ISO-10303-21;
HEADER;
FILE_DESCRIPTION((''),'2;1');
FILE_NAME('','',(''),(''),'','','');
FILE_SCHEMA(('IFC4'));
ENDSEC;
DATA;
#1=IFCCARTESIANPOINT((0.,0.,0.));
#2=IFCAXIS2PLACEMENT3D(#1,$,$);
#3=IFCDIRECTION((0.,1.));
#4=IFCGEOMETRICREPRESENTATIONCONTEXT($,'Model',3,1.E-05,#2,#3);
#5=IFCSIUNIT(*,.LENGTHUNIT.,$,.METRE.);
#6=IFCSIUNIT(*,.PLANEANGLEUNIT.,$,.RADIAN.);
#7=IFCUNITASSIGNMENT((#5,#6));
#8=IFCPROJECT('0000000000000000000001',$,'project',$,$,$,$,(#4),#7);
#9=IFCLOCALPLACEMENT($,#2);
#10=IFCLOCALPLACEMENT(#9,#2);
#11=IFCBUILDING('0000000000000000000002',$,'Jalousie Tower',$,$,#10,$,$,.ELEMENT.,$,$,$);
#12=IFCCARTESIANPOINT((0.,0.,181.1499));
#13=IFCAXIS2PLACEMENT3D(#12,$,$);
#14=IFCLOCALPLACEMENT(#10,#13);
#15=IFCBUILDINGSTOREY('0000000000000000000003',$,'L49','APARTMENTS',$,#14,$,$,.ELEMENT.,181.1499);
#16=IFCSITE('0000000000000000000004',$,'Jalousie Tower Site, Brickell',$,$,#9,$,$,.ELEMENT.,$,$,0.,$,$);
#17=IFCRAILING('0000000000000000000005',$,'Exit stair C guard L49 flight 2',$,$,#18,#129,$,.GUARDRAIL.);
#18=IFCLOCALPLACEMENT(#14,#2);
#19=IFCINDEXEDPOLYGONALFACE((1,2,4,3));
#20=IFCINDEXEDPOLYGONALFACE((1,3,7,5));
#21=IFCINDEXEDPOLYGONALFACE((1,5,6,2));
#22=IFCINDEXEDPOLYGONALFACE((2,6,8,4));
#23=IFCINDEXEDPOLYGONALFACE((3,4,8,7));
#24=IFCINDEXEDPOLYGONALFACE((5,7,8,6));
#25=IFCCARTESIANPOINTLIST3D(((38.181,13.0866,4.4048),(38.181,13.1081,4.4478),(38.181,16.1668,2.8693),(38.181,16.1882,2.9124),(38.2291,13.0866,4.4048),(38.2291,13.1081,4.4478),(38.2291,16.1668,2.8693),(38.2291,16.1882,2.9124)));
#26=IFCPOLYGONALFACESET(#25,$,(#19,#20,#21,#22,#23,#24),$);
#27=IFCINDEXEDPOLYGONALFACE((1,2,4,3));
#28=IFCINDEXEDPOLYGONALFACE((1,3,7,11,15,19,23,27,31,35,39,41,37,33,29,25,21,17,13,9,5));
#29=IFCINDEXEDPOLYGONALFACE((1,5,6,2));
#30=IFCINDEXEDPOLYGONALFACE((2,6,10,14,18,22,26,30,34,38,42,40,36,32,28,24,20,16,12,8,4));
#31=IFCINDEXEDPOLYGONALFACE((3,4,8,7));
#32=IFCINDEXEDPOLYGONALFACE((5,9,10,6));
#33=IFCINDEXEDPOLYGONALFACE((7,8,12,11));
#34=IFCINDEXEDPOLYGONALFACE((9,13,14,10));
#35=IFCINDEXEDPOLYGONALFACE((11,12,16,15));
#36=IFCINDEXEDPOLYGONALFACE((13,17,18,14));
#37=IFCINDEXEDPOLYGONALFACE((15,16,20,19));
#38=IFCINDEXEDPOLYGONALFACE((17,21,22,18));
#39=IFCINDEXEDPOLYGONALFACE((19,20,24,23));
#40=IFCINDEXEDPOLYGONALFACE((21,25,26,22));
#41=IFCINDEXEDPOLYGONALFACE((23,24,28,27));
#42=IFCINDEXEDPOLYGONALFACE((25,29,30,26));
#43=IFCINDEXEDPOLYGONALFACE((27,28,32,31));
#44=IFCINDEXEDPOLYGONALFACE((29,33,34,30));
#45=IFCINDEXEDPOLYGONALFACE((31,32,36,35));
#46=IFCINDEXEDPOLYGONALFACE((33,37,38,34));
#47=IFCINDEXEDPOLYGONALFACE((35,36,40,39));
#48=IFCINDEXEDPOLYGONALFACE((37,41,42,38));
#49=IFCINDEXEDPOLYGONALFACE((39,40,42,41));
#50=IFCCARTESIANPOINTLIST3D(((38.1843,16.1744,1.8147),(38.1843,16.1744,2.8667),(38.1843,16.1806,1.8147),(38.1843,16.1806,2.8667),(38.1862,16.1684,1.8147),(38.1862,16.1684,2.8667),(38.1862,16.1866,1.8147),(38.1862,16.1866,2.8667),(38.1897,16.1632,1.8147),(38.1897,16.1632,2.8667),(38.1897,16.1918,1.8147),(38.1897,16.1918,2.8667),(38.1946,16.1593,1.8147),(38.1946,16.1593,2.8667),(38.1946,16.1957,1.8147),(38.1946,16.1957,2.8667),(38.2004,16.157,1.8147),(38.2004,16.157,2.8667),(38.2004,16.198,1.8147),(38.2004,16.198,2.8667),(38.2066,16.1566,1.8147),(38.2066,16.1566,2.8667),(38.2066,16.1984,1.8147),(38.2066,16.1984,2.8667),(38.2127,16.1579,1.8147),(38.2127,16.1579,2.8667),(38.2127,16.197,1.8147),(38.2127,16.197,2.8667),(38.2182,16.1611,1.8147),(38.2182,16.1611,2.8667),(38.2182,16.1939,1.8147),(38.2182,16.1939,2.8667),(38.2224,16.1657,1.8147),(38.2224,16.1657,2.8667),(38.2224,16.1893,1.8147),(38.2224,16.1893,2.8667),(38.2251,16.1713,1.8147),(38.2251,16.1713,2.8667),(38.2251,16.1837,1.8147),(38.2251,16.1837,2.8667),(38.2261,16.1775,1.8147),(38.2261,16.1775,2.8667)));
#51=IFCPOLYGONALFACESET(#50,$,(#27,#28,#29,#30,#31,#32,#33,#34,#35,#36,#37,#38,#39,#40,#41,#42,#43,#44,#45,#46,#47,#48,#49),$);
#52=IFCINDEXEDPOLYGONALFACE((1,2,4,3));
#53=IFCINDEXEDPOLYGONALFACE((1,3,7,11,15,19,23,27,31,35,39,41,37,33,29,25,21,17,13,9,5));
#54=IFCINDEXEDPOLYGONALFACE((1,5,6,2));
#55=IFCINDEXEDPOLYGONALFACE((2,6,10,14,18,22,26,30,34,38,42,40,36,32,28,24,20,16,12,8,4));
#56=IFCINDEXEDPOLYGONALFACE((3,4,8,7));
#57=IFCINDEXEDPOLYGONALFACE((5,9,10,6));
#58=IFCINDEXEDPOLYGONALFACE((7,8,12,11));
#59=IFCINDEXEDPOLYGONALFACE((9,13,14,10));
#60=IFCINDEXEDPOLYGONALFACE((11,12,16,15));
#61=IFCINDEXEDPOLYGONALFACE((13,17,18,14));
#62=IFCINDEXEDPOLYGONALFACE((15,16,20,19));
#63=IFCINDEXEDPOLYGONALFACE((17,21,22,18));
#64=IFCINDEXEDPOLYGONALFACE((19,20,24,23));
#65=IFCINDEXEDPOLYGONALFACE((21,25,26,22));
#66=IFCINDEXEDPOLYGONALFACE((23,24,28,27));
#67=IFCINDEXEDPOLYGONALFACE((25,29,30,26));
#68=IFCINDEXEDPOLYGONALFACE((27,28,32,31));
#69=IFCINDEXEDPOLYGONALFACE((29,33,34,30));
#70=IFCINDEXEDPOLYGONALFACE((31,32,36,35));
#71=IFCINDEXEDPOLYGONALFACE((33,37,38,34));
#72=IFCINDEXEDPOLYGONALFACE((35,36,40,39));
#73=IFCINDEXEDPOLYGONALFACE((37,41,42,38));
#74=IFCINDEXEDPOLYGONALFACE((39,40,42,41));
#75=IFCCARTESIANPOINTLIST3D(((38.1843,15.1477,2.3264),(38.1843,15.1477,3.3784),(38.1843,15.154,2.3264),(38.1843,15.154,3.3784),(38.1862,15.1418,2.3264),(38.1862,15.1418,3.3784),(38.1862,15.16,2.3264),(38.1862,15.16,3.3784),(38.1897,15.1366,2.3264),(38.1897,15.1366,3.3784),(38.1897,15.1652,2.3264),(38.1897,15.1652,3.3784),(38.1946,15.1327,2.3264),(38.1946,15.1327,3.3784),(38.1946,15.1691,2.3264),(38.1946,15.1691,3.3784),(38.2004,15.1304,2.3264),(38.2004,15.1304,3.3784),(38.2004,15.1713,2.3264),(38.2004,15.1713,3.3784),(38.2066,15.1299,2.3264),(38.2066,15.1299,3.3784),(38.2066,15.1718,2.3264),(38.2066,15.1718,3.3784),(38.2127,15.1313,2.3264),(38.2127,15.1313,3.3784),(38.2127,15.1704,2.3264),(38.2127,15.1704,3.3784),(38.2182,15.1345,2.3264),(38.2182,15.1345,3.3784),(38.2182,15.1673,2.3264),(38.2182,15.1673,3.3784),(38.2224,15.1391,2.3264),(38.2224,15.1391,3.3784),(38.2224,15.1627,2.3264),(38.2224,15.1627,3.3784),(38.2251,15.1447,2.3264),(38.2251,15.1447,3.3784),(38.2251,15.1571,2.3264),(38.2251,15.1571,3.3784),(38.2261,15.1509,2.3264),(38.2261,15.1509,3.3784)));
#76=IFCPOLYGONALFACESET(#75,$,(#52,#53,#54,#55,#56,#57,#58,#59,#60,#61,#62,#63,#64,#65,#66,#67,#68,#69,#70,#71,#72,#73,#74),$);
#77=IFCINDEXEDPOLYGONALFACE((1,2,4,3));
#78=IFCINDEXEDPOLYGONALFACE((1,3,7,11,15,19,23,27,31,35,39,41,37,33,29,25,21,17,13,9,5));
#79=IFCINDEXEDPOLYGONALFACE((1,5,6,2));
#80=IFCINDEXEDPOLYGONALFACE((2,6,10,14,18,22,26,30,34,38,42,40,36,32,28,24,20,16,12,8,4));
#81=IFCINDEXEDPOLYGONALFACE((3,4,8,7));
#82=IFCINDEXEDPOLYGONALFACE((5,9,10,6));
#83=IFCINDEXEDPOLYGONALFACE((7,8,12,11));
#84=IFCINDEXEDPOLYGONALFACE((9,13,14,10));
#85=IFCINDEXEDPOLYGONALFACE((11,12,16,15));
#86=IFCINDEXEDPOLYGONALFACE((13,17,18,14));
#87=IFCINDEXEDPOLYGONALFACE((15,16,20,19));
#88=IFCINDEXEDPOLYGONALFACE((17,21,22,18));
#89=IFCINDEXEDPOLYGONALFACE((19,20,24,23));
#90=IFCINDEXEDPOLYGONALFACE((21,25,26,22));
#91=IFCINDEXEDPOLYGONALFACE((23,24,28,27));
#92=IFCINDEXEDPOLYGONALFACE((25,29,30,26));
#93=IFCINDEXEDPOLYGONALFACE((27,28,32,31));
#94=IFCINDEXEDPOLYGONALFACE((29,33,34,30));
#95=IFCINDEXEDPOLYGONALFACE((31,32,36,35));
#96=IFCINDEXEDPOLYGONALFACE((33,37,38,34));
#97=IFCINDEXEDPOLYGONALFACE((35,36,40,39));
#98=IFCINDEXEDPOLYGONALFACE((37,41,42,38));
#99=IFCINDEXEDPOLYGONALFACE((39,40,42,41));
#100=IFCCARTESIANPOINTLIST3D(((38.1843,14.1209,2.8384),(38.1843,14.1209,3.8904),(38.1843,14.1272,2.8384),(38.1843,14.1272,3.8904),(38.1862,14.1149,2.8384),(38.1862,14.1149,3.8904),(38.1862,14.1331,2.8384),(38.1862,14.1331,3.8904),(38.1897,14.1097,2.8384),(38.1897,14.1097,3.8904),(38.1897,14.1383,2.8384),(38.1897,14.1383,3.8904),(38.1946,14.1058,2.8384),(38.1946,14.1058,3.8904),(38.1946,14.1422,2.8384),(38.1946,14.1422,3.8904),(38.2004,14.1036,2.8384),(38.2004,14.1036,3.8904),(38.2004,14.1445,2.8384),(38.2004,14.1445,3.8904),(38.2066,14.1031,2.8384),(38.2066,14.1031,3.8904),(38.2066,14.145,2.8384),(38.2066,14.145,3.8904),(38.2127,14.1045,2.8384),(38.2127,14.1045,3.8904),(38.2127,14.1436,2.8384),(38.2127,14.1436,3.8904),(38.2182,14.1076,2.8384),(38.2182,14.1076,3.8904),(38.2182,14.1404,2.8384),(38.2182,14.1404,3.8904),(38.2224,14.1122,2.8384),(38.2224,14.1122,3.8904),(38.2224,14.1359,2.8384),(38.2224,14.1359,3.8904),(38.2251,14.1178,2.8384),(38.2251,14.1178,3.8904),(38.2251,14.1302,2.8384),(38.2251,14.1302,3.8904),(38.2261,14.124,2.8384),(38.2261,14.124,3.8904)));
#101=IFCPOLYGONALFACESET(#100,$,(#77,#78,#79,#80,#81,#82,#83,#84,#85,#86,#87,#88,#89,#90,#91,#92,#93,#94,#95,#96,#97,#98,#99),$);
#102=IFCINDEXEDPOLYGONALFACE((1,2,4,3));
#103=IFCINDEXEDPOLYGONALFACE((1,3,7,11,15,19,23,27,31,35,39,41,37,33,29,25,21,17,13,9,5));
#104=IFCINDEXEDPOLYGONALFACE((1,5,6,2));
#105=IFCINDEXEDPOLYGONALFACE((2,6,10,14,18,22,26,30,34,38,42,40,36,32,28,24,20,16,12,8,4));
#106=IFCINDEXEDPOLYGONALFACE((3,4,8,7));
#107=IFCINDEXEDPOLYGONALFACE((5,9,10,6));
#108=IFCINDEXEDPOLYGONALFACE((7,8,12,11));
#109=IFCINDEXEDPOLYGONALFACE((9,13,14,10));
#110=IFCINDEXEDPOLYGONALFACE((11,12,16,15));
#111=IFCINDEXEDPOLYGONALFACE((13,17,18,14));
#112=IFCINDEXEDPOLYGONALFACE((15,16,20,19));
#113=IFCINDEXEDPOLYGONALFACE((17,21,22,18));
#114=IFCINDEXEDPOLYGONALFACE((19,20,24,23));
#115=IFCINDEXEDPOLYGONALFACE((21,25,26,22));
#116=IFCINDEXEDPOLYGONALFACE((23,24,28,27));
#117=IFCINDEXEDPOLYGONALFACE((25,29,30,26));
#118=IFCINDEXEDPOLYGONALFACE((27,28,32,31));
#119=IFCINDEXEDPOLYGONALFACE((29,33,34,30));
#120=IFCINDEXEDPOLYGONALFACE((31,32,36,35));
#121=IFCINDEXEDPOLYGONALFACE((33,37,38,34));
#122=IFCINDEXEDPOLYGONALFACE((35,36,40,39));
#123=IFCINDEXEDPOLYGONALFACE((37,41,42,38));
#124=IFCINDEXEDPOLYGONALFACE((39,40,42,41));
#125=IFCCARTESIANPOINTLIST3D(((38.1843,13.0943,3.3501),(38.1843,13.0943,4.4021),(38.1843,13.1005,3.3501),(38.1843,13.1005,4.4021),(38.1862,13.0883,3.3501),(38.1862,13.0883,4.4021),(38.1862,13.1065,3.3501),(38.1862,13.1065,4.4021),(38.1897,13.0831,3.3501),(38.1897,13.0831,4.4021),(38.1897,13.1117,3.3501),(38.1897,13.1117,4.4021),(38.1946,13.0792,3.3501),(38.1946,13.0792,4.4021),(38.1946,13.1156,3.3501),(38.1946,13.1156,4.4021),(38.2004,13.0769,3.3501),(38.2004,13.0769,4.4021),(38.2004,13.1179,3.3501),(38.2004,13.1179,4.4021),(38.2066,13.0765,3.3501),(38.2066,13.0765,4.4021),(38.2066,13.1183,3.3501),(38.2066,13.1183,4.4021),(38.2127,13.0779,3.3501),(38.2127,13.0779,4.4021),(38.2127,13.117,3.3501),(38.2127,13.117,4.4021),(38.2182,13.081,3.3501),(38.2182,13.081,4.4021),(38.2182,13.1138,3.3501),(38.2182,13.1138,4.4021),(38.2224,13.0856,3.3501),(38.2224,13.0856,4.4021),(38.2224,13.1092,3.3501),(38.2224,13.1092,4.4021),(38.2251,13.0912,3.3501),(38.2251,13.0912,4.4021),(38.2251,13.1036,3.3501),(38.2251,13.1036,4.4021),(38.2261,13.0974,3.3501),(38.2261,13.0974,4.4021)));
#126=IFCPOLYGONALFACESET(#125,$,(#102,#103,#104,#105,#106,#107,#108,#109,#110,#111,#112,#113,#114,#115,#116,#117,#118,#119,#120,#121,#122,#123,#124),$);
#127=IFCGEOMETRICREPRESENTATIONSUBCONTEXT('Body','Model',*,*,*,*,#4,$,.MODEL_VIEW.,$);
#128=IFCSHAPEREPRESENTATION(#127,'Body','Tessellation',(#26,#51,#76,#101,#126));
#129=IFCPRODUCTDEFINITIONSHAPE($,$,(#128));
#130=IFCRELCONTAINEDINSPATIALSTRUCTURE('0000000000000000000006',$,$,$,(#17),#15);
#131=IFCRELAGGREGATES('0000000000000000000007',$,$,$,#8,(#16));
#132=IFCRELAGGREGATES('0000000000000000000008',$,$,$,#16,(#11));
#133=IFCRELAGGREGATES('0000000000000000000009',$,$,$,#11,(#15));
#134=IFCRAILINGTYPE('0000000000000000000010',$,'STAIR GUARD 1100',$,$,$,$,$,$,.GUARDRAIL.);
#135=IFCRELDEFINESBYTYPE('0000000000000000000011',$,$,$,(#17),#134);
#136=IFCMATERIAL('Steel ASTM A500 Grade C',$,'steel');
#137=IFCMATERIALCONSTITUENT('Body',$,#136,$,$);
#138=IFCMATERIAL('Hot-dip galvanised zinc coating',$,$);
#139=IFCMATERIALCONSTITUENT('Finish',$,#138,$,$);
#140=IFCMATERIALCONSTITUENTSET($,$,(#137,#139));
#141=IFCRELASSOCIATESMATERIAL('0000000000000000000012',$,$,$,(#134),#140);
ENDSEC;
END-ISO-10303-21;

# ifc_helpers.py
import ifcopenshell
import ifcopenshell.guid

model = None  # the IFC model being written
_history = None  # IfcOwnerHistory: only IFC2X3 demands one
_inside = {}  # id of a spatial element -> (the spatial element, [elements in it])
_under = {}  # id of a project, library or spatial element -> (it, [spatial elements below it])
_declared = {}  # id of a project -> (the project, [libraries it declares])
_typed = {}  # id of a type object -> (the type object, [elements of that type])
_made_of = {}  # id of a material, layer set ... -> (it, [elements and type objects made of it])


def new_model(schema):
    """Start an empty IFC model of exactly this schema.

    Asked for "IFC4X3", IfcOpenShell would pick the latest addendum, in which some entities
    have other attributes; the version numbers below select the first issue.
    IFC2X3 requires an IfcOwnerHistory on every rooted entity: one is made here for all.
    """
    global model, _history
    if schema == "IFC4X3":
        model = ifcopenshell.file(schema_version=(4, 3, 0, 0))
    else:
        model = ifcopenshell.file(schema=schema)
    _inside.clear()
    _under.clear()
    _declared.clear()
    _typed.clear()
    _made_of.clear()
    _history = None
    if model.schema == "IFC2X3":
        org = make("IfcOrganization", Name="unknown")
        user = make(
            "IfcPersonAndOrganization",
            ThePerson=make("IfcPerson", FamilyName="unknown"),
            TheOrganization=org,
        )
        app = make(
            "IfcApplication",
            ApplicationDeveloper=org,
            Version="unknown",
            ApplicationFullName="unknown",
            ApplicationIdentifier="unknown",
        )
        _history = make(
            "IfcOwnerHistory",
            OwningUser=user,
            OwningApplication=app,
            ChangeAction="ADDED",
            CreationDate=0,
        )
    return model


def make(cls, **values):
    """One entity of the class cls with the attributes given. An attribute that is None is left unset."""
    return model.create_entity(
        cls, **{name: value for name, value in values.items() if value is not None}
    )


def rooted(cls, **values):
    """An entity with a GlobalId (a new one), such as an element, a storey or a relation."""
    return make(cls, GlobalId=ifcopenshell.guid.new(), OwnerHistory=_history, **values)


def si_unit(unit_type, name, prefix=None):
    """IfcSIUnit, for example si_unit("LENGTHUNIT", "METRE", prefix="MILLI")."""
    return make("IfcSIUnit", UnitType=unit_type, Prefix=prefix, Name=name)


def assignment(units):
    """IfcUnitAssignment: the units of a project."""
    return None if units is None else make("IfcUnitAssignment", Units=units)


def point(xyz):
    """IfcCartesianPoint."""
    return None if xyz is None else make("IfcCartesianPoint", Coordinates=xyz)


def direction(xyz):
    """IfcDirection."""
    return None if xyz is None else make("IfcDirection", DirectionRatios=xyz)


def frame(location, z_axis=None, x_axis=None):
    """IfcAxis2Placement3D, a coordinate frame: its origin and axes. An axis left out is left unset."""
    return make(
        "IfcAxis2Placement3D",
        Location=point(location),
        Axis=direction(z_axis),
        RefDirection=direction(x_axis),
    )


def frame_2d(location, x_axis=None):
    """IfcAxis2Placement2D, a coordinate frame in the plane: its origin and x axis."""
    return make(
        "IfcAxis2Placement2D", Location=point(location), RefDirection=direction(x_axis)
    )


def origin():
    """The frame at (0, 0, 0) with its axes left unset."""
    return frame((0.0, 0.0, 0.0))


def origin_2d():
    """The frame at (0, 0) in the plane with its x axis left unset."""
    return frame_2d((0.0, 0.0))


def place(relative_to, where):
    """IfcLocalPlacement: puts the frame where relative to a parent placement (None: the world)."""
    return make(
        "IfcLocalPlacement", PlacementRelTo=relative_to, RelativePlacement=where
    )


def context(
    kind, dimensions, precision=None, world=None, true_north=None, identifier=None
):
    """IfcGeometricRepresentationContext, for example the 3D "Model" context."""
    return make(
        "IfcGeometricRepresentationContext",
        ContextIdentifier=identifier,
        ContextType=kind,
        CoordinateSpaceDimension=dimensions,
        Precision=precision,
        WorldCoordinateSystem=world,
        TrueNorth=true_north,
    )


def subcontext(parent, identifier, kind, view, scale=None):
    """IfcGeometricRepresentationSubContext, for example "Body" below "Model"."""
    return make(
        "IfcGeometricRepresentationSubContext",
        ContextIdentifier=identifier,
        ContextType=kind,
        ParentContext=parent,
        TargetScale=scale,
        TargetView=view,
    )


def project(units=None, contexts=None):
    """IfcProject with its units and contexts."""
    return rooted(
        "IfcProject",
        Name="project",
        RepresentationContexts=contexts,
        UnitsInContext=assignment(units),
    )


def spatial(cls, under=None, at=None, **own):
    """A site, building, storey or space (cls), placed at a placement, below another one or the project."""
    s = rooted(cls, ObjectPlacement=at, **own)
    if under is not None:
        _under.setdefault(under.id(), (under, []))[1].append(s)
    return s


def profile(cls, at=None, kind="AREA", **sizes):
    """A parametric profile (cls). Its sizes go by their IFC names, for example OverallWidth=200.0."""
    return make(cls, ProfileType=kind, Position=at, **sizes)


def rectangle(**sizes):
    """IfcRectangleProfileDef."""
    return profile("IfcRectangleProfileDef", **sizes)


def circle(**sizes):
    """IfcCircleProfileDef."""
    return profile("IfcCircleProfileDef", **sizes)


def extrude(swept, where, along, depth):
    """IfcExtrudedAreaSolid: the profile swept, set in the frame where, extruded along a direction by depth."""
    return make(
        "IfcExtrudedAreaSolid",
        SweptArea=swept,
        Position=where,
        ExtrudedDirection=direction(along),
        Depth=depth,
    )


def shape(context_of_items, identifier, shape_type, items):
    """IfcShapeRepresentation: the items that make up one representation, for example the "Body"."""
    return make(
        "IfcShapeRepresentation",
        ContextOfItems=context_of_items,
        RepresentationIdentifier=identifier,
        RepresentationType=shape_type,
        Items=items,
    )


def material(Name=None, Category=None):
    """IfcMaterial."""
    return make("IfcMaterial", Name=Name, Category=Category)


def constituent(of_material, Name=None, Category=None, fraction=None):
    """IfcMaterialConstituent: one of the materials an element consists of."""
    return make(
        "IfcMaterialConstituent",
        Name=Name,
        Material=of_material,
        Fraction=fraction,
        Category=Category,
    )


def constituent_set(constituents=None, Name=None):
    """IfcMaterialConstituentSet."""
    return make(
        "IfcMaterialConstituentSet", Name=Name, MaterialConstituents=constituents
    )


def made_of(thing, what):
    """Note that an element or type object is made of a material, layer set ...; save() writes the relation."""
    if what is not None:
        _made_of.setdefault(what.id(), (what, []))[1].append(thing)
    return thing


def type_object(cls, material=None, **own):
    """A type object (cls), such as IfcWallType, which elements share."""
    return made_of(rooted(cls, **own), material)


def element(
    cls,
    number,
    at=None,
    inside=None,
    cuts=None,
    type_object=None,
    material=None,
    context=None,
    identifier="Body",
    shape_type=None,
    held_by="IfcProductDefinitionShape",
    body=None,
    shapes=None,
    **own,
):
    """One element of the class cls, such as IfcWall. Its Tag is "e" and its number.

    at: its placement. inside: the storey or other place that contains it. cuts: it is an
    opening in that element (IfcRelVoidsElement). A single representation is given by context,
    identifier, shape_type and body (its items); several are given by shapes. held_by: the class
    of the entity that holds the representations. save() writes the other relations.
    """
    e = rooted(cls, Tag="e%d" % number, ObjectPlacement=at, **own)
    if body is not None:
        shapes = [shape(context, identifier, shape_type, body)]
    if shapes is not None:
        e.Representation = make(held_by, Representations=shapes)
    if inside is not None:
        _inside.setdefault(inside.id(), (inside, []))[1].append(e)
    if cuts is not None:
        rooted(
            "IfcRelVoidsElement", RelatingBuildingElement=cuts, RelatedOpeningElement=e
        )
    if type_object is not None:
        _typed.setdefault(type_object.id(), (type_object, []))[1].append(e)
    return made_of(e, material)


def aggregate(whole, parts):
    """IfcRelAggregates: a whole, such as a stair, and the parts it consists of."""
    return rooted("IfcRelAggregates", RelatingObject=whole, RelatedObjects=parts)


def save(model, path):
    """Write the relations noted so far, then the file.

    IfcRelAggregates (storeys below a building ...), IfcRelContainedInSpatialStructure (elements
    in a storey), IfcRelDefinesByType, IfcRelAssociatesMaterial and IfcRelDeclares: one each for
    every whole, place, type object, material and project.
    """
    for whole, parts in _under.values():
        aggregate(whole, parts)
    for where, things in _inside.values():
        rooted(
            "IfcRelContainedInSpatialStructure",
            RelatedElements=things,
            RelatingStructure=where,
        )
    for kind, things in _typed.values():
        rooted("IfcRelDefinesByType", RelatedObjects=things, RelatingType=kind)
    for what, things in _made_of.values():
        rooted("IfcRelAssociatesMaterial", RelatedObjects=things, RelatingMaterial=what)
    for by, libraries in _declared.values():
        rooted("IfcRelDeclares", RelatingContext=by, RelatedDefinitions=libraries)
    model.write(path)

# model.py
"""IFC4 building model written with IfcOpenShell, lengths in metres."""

from ifc_helpers import new_model, si_unit, direction, frame, origin, origin_2d, place, context, subcontext, project, spatial, rectangle, circle, extrude, material, constituent, constituent_set, type_object, element, save


model = new_model("IFC4")

# Units and contexts
model_context = context("Model", 3, precision=1e-05, world=origin(), true_north=direction((0.0, 1.0)))
body_context = subcontext(model_context, "Body", "Model", "MODEL_VIEW")
ifc_project = project(units=[si_unit("LENGTHUNIT", "METRE"), si_unit("PLANEANGLEUNIT", "RADIAN")], contexts=[model_context])

# Site, building, storey
site_placement = place(None, origin())
site = spatial("IfcSite", under=ifc_project, at=site_placement, Name="Jalousie Tower Site, Brickell", CompositionType="ELEMENT", RefElevation=0.0)
building_placement = place(site_placement, origin())
building = spatial("IfcBuilding", under=site, at=building_placement, Name="Jalousie Tower", CompositionType="ELEMENT")
storey_placement = place(building_placement, frame((0.0, 0.0, 181.1499)))
storey = spatial("IfcBuildingStorey", under=building, at=storey_placement, Name="L49", Description="APARTMENTS", CompositionType="ELEMENT", Elevation=181.1499)

# Railing
ifc_material_1 = material(Name="Steel ASTM A500 Grade C", Category="steel")
ifc_constituent_1 = constituent(ifc_material_1, Name="Body")
ifc_material_2 = material(Name="Hot-dip galvanised zinc coating")
ifc_constituent_2 = constituent(ifc_material_2, Name="Finish")
ifc_constituent_set_1 = constituent_set(constituents=[ifc_constituent_1, ifc_constituent_2])
railing_type_1 = type_object("IfcRailingType", Name="STAIR GUARD 1100", PredefinedType="GUARDRAIL", material=ifc_constituent_set_1)
railing_1_placement = place(storey_placement, frame((38.2051, 16.1775, 1.8147)))
element("IfcRailing", 1, at=railing_1_placement, inside=storey, type_object=railing_type_1, Name="Exit stair C guard L49 flight 2", PredefinedType="GUARDRAIL", context=body_context, shape_type="SweptSolid", body=[
    extrude(rectangle(XDim=0.0481, YDim=0.0481, at=origin_2d()), frame((0.0, 0.0, 1.0762), z_axis=(0.0, -0.894966, 0.446135), x_axis=(1.0, 0.0, 0.0)), (0.0, 0.0, 1.0), 3.4417),
    extrude(circle(Radius=0.021, at=origin_2d()), origin(), (0.0, 0.0, 1.0), 1.052),
    extrude(circle(Radius=0.021, at=origin_2d()), frame((0.0, -1.0266, 0.5117)), (0.0, 0.0, 1.0), 1.052),
    extrude(circle(Radius=0.021, at=origin_2d()), frame((0.0, -2.0535, 1.0237)), (0.0, 0.0, 1.0), 1.052),
    extrude(circle(Radius=0.021, at=origin_2d()), frame((0.0, -3.0801, 1.5354)), (0.0, 0.0, 1.0), 1.052),
])

save(model, "model.ifc")
